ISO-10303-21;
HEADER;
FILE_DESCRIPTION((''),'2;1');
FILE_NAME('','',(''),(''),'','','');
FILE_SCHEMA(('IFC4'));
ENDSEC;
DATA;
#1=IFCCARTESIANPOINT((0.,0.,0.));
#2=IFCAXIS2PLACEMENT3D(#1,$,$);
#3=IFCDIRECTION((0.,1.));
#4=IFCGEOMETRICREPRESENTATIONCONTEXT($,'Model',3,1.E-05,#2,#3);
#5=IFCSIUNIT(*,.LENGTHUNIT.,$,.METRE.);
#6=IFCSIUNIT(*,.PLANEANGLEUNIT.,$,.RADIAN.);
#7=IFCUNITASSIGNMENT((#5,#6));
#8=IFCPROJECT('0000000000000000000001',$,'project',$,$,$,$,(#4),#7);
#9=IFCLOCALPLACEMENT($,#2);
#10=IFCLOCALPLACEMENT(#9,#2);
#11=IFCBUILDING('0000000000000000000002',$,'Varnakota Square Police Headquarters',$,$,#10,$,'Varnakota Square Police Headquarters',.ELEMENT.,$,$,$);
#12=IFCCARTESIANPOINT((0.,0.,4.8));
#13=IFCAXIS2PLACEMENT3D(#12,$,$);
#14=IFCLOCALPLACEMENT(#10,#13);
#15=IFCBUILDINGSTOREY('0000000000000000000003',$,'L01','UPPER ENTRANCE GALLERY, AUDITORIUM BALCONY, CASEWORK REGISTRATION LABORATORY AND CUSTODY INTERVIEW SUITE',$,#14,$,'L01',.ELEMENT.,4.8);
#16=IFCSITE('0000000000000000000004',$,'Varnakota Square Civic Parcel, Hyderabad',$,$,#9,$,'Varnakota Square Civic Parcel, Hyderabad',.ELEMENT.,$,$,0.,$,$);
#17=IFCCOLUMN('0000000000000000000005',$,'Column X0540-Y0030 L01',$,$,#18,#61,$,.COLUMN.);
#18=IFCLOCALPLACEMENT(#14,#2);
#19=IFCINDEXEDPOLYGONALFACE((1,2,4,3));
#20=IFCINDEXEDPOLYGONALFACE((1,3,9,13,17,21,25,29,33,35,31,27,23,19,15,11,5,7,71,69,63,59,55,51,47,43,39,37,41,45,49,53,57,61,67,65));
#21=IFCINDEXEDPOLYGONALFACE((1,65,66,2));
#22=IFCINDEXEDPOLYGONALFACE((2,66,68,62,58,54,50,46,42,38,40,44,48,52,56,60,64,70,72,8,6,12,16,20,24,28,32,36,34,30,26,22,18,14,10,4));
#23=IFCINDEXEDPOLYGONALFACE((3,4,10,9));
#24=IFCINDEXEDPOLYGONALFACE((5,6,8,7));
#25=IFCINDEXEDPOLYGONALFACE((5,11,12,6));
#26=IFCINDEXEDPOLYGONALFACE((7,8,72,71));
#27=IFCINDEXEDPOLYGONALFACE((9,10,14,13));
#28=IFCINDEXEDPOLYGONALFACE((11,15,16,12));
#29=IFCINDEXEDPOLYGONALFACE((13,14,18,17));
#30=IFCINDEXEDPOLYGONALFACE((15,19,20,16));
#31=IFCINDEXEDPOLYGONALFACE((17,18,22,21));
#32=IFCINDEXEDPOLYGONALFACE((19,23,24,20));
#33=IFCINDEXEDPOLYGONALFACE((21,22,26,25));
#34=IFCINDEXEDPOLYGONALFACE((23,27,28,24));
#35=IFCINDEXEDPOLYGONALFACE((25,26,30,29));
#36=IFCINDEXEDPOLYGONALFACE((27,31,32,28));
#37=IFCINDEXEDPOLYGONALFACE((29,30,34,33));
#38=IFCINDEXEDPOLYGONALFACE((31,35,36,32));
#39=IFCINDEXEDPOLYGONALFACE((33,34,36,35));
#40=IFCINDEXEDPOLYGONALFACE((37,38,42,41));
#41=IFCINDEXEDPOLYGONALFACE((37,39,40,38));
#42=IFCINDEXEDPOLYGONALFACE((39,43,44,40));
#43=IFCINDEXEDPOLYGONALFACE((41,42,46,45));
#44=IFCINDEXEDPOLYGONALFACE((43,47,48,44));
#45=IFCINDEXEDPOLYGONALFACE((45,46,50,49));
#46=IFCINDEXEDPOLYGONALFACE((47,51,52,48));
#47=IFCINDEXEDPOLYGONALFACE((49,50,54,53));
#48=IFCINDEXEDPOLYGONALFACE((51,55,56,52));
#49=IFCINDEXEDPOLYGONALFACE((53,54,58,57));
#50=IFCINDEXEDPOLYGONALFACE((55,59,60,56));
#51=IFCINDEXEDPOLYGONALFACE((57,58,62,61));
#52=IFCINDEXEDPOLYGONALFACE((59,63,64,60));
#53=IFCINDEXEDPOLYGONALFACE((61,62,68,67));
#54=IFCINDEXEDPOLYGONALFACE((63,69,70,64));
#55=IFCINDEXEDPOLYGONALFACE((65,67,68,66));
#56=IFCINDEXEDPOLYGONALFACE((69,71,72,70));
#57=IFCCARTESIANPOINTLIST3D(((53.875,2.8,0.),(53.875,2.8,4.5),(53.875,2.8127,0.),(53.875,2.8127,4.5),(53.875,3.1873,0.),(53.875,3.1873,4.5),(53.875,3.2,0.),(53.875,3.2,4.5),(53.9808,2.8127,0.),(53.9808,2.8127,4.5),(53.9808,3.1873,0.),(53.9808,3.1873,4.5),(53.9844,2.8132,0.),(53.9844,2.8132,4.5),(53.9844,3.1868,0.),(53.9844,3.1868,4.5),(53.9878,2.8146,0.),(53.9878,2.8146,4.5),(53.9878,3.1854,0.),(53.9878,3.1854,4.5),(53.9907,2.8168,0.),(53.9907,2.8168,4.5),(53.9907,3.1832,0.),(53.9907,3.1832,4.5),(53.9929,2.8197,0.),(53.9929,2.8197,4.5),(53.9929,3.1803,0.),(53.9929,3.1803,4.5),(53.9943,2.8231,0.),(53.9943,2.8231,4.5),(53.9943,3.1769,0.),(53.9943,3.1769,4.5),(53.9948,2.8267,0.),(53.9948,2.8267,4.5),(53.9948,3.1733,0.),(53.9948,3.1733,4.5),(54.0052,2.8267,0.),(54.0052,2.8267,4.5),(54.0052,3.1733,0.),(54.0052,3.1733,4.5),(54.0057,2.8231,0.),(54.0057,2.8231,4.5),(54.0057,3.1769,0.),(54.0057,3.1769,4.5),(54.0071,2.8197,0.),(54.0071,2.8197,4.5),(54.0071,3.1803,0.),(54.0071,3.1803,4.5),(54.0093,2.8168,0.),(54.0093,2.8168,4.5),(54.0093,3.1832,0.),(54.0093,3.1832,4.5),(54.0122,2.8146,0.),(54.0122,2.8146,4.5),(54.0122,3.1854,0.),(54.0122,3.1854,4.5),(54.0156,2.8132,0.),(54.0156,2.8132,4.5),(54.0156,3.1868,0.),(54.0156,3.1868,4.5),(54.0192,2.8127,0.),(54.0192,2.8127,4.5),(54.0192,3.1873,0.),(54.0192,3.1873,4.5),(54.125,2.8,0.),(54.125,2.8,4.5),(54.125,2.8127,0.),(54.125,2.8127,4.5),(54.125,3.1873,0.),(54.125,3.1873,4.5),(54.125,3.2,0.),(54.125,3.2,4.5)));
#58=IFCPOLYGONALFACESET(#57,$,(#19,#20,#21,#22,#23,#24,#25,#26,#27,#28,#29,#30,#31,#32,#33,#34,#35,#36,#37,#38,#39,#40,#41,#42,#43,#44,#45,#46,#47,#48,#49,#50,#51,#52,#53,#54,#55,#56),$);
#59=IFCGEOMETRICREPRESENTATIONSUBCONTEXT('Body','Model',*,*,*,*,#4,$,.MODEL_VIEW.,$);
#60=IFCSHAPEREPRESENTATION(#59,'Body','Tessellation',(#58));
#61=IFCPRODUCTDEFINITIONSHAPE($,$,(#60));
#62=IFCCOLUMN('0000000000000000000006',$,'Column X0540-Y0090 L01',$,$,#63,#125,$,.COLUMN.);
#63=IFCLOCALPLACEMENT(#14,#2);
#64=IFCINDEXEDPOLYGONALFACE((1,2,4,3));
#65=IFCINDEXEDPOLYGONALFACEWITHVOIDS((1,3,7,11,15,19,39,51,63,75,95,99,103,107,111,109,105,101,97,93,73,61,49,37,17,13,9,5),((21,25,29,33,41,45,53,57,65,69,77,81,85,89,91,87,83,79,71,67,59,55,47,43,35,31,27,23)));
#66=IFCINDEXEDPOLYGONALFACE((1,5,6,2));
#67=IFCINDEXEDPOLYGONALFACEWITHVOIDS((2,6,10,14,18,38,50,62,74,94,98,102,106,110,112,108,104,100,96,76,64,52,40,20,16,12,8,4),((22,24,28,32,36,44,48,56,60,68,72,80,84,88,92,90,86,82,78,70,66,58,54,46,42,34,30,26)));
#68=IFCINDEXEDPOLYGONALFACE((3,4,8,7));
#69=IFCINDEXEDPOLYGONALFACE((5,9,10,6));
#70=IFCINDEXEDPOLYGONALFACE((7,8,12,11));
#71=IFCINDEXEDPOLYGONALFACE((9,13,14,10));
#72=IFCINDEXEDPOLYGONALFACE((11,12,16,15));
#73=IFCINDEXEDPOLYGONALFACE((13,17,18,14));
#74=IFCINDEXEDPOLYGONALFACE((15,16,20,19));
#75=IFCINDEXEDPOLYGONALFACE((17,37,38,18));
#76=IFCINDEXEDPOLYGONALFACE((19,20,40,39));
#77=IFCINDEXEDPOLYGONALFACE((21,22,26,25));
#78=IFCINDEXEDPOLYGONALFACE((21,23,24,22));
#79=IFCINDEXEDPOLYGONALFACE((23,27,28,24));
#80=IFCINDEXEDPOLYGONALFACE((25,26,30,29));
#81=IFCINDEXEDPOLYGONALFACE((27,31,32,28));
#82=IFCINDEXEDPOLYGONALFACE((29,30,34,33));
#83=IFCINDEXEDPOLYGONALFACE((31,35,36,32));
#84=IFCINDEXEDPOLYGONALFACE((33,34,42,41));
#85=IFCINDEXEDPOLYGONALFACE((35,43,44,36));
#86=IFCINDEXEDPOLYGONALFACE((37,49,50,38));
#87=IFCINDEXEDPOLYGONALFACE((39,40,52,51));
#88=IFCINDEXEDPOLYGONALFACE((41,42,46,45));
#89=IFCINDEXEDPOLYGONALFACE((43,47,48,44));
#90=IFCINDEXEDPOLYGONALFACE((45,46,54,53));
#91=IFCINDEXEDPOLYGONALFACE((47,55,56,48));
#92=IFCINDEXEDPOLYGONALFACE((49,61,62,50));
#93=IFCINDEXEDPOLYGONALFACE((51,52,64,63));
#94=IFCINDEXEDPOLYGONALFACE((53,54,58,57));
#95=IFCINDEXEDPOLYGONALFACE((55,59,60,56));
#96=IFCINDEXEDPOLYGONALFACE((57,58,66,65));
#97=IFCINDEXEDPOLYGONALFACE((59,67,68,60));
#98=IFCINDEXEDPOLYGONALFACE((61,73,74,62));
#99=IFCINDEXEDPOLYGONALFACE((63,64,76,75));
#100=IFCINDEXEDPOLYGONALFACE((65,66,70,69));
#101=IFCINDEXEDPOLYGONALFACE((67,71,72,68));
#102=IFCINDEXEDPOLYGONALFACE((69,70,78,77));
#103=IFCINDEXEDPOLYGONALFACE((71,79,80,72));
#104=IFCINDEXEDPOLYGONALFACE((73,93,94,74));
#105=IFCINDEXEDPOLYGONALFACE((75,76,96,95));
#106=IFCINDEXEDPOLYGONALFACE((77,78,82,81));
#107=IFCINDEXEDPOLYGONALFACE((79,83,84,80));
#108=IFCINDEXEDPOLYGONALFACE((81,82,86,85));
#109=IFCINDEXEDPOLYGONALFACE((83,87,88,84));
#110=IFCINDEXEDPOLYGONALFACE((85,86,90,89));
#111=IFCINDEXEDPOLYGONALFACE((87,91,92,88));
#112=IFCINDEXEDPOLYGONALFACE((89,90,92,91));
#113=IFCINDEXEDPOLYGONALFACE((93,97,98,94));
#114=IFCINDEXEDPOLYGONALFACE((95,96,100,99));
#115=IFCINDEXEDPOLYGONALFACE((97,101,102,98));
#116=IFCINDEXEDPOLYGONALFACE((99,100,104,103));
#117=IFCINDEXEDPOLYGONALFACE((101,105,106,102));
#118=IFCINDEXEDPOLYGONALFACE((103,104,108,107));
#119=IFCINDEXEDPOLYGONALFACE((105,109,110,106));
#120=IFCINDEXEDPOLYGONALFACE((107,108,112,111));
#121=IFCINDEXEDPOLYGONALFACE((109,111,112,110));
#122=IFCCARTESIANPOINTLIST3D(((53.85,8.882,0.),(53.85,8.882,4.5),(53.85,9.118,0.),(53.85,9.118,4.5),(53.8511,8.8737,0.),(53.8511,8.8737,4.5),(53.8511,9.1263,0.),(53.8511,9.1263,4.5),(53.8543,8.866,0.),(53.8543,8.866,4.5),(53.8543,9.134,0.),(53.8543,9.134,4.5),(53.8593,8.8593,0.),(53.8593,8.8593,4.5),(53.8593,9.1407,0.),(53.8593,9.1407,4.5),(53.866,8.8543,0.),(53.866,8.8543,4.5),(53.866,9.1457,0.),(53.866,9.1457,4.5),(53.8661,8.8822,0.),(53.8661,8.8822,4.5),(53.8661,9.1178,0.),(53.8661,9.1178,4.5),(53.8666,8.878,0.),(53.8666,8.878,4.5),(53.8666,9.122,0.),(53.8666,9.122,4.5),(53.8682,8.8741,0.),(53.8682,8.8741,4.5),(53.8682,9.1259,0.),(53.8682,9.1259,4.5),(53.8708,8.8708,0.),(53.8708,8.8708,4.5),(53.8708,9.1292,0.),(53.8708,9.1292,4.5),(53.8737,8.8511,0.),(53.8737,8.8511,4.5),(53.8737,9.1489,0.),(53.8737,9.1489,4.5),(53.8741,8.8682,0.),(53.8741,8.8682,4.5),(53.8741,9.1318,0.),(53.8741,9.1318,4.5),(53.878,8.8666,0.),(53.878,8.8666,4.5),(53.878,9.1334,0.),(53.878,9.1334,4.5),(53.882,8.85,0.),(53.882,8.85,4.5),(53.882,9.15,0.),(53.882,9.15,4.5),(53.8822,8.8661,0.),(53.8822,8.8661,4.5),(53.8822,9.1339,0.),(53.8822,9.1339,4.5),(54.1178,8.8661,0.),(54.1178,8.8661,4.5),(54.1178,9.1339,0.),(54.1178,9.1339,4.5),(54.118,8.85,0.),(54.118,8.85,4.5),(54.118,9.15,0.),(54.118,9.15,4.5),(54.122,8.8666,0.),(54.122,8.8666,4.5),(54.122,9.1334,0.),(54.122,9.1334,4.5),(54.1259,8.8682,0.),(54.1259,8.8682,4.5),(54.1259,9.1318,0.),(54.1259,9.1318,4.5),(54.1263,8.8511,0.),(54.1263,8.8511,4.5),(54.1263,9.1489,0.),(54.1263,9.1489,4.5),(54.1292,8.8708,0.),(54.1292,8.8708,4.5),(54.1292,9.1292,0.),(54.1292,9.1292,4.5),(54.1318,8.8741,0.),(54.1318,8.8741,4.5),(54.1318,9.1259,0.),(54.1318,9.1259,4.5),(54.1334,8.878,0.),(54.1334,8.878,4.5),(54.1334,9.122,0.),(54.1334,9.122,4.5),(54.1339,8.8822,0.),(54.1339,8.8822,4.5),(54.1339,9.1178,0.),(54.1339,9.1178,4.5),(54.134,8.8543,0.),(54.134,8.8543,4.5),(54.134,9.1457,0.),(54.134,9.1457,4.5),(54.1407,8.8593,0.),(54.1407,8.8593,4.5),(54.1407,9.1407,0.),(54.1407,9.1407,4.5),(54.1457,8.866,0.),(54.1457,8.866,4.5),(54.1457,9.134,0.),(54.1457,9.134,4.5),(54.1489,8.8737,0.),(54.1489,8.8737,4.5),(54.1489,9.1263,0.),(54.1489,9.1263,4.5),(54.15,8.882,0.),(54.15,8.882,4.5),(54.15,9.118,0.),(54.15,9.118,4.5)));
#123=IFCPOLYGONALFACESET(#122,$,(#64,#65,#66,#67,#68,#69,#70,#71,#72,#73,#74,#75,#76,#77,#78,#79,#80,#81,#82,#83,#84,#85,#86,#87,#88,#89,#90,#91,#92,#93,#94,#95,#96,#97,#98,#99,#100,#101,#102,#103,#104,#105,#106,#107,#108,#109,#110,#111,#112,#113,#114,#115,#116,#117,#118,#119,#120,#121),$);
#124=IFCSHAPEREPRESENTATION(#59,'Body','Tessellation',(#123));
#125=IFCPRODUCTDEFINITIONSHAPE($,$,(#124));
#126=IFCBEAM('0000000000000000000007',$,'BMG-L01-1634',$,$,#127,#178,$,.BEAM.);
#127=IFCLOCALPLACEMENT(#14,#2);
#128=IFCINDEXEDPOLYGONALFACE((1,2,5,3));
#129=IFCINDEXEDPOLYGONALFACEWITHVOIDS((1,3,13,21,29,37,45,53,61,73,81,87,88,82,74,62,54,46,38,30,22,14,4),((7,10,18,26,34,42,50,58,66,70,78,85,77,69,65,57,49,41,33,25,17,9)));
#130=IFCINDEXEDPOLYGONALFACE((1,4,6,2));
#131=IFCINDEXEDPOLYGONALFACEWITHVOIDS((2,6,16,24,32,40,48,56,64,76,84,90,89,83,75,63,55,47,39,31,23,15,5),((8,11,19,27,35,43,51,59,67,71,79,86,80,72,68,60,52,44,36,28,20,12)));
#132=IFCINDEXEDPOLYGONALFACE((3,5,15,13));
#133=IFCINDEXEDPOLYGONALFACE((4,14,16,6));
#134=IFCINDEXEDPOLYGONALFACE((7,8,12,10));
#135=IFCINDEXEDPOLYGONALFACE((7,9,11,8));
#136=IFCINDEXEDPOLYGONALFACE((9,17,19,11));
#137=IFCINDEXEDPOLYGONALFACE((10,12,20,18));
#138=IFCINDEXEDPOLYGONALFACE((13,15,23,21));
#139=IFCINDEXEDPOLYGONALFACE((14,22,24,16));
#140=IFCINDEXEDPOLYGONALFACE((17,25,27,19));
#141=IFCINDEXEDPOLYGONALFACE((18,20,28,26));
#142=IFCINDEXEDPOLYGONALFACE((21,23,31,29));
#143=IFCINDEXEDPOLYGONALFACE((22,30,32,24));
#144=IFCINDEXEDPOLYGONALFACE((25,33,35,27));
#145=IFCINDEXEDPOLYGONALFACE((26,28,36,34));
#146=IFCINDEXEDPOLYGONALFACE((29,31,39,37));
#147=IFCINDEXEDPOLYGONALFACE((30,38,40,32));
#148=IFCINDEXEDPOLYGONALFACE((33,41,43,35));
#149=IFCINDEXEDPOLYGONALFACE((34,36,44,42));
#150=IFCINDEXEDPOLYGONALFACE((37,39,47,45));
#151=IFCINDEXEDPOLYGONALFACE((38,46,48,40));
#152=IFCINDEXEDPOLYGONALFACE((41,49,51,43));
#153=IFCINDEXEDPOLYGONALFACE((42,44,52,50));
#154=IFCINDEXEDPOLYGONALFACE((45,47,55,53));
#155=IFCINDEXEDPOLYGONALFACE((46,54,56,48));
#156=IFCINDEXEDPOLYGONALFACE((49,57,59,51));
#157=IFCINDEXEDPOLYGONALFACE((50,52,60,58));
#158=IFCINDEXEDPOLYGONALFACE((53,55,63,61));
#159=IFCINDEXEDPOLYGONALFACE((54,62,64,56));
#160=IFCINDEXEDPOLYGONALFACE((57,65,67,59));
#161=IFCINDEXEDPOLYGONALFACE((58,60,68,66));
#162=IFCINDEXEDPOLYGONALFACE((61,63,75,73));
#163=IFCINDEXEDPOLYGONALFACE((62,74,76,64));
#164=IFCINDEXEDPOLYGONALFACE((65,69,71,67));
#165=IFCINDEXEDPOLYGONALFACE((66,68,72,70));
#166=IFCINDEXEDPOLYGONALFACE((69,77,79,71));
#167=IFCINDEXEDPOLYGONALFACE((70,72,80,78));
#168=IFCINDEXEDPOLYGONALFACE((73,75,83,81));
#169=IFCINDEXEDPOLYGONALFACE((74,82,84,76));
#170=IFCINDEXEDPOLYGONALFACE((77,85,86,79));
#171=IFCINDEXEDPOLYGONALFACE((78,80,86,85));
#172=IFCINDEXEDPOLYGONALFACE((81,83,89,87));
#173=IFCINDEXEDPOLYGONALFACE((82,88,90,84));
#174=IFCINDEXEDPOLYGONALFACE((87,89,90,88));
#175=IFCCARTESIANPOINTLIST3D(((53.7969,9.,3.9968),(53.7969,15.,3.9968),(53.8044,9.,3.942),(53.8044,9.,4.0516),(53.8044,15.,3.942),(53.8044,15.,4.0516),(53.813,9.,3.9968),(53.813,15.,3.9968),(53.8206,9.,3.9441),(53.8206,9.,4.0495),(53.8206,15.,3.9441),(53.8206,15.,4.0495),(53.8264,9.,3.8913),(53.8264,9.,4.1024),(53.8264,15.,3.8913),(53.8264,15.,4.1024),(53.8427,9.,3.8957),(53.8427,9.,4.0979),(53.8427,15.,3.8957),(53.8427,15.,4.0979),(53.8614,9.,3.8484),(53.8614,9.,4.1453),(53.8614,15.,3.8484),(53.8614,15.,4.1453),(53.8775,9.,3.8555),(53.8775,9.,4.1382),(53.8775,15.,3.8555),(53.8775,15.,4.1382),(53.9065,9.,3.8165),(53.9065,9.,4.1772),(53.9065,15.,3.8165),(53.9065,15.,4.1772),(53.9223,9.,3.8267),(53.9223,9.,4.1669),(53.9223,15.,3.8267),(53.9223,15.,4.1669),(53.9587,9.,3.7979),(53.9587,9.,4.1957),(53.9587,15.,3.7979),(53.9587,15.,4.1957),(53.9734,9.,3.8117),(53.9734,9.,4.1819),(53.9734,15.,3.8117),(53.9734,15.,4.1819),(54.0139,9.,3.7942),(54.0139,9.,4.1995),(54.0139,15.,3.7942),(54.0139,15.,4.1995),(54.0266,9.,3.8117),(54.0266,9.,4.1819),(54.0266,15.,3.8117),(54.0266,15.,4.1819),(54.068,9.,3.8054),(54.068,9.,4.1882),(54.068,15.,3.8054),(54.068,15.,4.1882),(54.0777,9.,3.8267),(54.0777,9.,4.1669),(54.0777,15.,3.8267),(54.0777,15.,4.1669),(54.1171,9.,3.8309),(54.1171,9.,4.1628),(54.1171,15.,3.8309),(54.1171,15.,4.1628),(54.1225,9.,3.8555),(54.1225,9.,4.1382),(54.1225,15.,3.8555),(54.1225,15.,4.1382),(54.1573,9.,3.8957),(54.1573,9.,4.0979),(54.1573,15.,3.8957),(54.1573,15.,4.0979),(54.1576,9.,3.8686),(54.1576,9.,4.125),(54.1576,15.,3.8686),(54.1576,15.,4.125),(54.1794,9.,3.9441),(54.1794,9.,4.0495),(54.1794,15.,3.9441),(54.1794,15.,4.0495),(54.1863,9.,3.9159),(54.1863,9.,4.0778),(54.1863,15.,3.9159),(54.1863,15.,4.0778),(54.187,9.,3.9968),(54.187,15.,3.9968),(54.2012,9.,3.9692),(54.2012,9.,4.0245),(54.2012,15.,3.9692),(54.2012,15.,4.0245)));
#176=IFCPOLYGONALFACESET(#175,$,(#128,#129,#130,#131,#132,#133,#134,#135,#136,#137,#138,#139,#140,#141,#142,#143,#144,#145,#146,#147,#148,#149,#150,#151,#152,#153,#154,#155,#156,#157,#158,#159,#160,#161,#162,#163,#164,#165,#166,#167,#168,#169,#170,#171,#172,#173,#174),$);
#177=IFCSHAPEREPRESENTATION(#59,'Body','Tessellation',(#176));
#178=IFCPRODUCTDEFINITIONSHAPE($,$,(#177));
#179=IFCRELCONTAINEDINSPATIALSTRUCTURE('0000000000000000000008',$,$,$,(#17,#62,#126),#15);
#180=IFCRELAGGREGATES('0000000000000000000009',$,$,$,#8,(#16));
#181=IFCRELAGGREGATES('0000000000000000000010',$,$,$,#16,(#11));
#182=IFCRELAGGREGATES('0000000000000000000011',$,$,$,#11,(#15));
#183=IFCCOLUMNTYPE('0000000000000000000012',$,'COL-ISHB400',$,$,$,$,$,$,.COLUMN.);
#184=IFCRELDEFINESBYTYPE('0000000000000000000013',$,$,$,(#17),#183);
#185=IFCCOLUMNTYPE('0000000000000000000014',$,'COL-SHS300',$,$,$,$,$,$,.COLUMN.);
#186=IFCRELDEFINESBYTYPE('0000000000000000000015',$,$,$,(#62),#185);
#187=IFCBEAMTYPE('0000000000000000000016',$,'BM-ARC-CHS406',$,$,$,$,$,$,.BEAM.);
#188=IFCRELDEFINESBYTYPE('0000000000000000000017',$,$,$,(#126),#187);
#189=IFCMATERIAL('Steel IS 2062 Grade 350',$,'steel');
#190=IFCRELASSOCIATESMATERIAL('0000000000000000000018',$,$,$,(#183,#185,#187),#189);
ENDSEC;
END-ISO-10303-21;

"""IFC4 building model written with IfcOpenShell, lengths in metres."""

from ifc_helpers import new_model, si_unit, direction, frame, origin, origin_2d, place, context, subcontext, project, spatial, hollow_rectangle, hollow_circle, i_section, extrude, material, material_profile, profile_set, type_object, element, save


model = new_model("IFC4")

# Units and contexts
model_context = context("Model", 3, precision=1e-05, world=origin(), true_north=direction((0.0, 1.0)))
body_context = subcontext(model_context, "Body", "Model", "MODEL_VIEW")
ifc_project = project(units=[si_unit("LENGTHUNIT", "METRE"), si_unit("PLANEANGLEUNIT", "RADIAN")], contexts=[model_context])

# Site, building, storey
site_placement = place(None, origin())
site = spatial("IfcSite", under=ifc_project, at=site_placement, Name="Varnakota Square Civic Parcel, Hyderabad", LongName="Varnakota Square Civic Parcel, Hyderabad", CompositionType="ELEMENT", RefElevation=0.0)
building_placement = place(site_placement, origin())
building = spatial("IfcBuilding", under=site, at=building_placement, Name="Varnakota Square Police Headquarters", LongName="Varnakota Square Police Headquarters", CompositionType="ELEMENT")
storey_placement = place(building_placement, frame((0.0, 0.0, 4.8)))
storey = spatial("IfcBuildingStorey", under=building, at=storey_placement, Name="L01", Description="UPPER ENTRANCE GALLERY, AUDITORIUM BALCONY, CASEWORK REGISTRATION LABORATORY AND CUSTODY INTERVIEW SUITE", LongName="L01", CompositionType="ELEMENT", Elevation=4.8)

# Columns
ifc_material_1 = material(Name="Steel IS 2062 Grade 350", Category="steel")
ifc_material_profile_1 = material_profile(ifc_material_1, i_section(OverallWidth=0.25, OverallDepth=0.3999, WebThickness=0.0105, FlangeThickness=0.0127, FilletRadius=0.0139, at=origin_2d()), Name="ISHB 400")
ifc_profile_set_1 = profile_set([ifc_material_profile_1], Name="Steel IS 2062 Grade 350")
column_type_1 = type_object("IfcColumnType", Name="COL-ISHB400", PredefinedType="COLUMN", material=ifc_profile_set_1)
column_1_placement = place(storey_placement, frame((54.0, 3.0, 0.0), z_axis=(0.0, 0.0, 1.0), x_axis=(1.0, 0.0, 0.0)))
element("IfcColumn", 1, at=column_1_placement, inside=storey, type_object=column_type_1, Name="Column X0540-Y0030 L01", PredefinedType="COLUMN", context=body_context, shape_type="SweptSolid", body=[
    extrude(i_section(OverallWidth=0.25, OverallDepth=0.3999, WebThickness=0.0105, FlangeThickness=0.0127, FilletRadius=0.0139, at=origin_2d()), origin(), (0.0, 0.0, 1.0), 4.5),
])
ifc_material_profile_2 = material_profile(ifc_material_1, hollow_rectangle(XDim=0.3, YDim=0.3, WallThickness=0.0161, InnerFilletRadius=0.0161, OuterFilletRadius=0.032, at=origin_2d()), Name="SHS 300x300x16")
ifc_profile_set_2 = profile_set([ifc_material_profile_2], Name="Steel IS 2062 Grade 350")
column_type_2 = type_object("IfcColumnType", Name="COL-SHS300", PredefinedType="COLUMN", material=ifc_profile_set_2)
column_2_placement = place(storey_placement, frame((54.0, 9.0, 0.0), z_axis=(0.0, 0.0, 1.0), x_axis=(1.0, 0.0, 0.0)))
element("IfcColumn", 2, at=column_2_placement, inside=storey, type_object=column_type_2, Name="Column X0540-Y0090 L01", PredefinedType="COLUMN", context=body_context, shape_type="SweptSolid", body=[
    extrude(hollow_rectangle(XDim=0.3, YDim=0.3, WallThickness=0.0161, InnerFilletRadius=0.0161, OuterFilletRadius=0.032, at=origin_2d()), origin(), (0.0, 0.0, 1.0), 4.5),
])

# Beam
ifc_material_profile_3 = material_profile(ifc_material_1, hollow_circle(Radius=0.2031, WallThickness=0.0161, at=origin_2d()), Name="CHS 406.4x16.0")
ifc_profile_set_3 = profile_set([ifc_material_profile_3], Name="Steel IS 2062 Grade 350")
beam_type_1 = type_object("IfcBeamType", Name="BM-ARC-CHS406", PredefinedType="BEAM", material=ifc_profile_set_3)
beam_1_placement = place(storey_placement, frame((54.0, 9.0, 3.9968), z_axis=(0.0, 1.0, 0.0), x_axis=(-1.0, 0.0, 0.0)))
element("IfcBeam", 3, at=beam_1_placement, inside=storey, type_object=beam_type_1, Name="BMG-L01-1634", PredefinedType="BEAM", context=body_context, shape_type="SweptSolid", body=[
    extrude(hollow_circle(Radius=0.2031, WallThickness=0.0161, at=origin_2d()), origin(), (0.0, 0.0, 1.0), 6.0),
])

save(model, "model.ifc")
